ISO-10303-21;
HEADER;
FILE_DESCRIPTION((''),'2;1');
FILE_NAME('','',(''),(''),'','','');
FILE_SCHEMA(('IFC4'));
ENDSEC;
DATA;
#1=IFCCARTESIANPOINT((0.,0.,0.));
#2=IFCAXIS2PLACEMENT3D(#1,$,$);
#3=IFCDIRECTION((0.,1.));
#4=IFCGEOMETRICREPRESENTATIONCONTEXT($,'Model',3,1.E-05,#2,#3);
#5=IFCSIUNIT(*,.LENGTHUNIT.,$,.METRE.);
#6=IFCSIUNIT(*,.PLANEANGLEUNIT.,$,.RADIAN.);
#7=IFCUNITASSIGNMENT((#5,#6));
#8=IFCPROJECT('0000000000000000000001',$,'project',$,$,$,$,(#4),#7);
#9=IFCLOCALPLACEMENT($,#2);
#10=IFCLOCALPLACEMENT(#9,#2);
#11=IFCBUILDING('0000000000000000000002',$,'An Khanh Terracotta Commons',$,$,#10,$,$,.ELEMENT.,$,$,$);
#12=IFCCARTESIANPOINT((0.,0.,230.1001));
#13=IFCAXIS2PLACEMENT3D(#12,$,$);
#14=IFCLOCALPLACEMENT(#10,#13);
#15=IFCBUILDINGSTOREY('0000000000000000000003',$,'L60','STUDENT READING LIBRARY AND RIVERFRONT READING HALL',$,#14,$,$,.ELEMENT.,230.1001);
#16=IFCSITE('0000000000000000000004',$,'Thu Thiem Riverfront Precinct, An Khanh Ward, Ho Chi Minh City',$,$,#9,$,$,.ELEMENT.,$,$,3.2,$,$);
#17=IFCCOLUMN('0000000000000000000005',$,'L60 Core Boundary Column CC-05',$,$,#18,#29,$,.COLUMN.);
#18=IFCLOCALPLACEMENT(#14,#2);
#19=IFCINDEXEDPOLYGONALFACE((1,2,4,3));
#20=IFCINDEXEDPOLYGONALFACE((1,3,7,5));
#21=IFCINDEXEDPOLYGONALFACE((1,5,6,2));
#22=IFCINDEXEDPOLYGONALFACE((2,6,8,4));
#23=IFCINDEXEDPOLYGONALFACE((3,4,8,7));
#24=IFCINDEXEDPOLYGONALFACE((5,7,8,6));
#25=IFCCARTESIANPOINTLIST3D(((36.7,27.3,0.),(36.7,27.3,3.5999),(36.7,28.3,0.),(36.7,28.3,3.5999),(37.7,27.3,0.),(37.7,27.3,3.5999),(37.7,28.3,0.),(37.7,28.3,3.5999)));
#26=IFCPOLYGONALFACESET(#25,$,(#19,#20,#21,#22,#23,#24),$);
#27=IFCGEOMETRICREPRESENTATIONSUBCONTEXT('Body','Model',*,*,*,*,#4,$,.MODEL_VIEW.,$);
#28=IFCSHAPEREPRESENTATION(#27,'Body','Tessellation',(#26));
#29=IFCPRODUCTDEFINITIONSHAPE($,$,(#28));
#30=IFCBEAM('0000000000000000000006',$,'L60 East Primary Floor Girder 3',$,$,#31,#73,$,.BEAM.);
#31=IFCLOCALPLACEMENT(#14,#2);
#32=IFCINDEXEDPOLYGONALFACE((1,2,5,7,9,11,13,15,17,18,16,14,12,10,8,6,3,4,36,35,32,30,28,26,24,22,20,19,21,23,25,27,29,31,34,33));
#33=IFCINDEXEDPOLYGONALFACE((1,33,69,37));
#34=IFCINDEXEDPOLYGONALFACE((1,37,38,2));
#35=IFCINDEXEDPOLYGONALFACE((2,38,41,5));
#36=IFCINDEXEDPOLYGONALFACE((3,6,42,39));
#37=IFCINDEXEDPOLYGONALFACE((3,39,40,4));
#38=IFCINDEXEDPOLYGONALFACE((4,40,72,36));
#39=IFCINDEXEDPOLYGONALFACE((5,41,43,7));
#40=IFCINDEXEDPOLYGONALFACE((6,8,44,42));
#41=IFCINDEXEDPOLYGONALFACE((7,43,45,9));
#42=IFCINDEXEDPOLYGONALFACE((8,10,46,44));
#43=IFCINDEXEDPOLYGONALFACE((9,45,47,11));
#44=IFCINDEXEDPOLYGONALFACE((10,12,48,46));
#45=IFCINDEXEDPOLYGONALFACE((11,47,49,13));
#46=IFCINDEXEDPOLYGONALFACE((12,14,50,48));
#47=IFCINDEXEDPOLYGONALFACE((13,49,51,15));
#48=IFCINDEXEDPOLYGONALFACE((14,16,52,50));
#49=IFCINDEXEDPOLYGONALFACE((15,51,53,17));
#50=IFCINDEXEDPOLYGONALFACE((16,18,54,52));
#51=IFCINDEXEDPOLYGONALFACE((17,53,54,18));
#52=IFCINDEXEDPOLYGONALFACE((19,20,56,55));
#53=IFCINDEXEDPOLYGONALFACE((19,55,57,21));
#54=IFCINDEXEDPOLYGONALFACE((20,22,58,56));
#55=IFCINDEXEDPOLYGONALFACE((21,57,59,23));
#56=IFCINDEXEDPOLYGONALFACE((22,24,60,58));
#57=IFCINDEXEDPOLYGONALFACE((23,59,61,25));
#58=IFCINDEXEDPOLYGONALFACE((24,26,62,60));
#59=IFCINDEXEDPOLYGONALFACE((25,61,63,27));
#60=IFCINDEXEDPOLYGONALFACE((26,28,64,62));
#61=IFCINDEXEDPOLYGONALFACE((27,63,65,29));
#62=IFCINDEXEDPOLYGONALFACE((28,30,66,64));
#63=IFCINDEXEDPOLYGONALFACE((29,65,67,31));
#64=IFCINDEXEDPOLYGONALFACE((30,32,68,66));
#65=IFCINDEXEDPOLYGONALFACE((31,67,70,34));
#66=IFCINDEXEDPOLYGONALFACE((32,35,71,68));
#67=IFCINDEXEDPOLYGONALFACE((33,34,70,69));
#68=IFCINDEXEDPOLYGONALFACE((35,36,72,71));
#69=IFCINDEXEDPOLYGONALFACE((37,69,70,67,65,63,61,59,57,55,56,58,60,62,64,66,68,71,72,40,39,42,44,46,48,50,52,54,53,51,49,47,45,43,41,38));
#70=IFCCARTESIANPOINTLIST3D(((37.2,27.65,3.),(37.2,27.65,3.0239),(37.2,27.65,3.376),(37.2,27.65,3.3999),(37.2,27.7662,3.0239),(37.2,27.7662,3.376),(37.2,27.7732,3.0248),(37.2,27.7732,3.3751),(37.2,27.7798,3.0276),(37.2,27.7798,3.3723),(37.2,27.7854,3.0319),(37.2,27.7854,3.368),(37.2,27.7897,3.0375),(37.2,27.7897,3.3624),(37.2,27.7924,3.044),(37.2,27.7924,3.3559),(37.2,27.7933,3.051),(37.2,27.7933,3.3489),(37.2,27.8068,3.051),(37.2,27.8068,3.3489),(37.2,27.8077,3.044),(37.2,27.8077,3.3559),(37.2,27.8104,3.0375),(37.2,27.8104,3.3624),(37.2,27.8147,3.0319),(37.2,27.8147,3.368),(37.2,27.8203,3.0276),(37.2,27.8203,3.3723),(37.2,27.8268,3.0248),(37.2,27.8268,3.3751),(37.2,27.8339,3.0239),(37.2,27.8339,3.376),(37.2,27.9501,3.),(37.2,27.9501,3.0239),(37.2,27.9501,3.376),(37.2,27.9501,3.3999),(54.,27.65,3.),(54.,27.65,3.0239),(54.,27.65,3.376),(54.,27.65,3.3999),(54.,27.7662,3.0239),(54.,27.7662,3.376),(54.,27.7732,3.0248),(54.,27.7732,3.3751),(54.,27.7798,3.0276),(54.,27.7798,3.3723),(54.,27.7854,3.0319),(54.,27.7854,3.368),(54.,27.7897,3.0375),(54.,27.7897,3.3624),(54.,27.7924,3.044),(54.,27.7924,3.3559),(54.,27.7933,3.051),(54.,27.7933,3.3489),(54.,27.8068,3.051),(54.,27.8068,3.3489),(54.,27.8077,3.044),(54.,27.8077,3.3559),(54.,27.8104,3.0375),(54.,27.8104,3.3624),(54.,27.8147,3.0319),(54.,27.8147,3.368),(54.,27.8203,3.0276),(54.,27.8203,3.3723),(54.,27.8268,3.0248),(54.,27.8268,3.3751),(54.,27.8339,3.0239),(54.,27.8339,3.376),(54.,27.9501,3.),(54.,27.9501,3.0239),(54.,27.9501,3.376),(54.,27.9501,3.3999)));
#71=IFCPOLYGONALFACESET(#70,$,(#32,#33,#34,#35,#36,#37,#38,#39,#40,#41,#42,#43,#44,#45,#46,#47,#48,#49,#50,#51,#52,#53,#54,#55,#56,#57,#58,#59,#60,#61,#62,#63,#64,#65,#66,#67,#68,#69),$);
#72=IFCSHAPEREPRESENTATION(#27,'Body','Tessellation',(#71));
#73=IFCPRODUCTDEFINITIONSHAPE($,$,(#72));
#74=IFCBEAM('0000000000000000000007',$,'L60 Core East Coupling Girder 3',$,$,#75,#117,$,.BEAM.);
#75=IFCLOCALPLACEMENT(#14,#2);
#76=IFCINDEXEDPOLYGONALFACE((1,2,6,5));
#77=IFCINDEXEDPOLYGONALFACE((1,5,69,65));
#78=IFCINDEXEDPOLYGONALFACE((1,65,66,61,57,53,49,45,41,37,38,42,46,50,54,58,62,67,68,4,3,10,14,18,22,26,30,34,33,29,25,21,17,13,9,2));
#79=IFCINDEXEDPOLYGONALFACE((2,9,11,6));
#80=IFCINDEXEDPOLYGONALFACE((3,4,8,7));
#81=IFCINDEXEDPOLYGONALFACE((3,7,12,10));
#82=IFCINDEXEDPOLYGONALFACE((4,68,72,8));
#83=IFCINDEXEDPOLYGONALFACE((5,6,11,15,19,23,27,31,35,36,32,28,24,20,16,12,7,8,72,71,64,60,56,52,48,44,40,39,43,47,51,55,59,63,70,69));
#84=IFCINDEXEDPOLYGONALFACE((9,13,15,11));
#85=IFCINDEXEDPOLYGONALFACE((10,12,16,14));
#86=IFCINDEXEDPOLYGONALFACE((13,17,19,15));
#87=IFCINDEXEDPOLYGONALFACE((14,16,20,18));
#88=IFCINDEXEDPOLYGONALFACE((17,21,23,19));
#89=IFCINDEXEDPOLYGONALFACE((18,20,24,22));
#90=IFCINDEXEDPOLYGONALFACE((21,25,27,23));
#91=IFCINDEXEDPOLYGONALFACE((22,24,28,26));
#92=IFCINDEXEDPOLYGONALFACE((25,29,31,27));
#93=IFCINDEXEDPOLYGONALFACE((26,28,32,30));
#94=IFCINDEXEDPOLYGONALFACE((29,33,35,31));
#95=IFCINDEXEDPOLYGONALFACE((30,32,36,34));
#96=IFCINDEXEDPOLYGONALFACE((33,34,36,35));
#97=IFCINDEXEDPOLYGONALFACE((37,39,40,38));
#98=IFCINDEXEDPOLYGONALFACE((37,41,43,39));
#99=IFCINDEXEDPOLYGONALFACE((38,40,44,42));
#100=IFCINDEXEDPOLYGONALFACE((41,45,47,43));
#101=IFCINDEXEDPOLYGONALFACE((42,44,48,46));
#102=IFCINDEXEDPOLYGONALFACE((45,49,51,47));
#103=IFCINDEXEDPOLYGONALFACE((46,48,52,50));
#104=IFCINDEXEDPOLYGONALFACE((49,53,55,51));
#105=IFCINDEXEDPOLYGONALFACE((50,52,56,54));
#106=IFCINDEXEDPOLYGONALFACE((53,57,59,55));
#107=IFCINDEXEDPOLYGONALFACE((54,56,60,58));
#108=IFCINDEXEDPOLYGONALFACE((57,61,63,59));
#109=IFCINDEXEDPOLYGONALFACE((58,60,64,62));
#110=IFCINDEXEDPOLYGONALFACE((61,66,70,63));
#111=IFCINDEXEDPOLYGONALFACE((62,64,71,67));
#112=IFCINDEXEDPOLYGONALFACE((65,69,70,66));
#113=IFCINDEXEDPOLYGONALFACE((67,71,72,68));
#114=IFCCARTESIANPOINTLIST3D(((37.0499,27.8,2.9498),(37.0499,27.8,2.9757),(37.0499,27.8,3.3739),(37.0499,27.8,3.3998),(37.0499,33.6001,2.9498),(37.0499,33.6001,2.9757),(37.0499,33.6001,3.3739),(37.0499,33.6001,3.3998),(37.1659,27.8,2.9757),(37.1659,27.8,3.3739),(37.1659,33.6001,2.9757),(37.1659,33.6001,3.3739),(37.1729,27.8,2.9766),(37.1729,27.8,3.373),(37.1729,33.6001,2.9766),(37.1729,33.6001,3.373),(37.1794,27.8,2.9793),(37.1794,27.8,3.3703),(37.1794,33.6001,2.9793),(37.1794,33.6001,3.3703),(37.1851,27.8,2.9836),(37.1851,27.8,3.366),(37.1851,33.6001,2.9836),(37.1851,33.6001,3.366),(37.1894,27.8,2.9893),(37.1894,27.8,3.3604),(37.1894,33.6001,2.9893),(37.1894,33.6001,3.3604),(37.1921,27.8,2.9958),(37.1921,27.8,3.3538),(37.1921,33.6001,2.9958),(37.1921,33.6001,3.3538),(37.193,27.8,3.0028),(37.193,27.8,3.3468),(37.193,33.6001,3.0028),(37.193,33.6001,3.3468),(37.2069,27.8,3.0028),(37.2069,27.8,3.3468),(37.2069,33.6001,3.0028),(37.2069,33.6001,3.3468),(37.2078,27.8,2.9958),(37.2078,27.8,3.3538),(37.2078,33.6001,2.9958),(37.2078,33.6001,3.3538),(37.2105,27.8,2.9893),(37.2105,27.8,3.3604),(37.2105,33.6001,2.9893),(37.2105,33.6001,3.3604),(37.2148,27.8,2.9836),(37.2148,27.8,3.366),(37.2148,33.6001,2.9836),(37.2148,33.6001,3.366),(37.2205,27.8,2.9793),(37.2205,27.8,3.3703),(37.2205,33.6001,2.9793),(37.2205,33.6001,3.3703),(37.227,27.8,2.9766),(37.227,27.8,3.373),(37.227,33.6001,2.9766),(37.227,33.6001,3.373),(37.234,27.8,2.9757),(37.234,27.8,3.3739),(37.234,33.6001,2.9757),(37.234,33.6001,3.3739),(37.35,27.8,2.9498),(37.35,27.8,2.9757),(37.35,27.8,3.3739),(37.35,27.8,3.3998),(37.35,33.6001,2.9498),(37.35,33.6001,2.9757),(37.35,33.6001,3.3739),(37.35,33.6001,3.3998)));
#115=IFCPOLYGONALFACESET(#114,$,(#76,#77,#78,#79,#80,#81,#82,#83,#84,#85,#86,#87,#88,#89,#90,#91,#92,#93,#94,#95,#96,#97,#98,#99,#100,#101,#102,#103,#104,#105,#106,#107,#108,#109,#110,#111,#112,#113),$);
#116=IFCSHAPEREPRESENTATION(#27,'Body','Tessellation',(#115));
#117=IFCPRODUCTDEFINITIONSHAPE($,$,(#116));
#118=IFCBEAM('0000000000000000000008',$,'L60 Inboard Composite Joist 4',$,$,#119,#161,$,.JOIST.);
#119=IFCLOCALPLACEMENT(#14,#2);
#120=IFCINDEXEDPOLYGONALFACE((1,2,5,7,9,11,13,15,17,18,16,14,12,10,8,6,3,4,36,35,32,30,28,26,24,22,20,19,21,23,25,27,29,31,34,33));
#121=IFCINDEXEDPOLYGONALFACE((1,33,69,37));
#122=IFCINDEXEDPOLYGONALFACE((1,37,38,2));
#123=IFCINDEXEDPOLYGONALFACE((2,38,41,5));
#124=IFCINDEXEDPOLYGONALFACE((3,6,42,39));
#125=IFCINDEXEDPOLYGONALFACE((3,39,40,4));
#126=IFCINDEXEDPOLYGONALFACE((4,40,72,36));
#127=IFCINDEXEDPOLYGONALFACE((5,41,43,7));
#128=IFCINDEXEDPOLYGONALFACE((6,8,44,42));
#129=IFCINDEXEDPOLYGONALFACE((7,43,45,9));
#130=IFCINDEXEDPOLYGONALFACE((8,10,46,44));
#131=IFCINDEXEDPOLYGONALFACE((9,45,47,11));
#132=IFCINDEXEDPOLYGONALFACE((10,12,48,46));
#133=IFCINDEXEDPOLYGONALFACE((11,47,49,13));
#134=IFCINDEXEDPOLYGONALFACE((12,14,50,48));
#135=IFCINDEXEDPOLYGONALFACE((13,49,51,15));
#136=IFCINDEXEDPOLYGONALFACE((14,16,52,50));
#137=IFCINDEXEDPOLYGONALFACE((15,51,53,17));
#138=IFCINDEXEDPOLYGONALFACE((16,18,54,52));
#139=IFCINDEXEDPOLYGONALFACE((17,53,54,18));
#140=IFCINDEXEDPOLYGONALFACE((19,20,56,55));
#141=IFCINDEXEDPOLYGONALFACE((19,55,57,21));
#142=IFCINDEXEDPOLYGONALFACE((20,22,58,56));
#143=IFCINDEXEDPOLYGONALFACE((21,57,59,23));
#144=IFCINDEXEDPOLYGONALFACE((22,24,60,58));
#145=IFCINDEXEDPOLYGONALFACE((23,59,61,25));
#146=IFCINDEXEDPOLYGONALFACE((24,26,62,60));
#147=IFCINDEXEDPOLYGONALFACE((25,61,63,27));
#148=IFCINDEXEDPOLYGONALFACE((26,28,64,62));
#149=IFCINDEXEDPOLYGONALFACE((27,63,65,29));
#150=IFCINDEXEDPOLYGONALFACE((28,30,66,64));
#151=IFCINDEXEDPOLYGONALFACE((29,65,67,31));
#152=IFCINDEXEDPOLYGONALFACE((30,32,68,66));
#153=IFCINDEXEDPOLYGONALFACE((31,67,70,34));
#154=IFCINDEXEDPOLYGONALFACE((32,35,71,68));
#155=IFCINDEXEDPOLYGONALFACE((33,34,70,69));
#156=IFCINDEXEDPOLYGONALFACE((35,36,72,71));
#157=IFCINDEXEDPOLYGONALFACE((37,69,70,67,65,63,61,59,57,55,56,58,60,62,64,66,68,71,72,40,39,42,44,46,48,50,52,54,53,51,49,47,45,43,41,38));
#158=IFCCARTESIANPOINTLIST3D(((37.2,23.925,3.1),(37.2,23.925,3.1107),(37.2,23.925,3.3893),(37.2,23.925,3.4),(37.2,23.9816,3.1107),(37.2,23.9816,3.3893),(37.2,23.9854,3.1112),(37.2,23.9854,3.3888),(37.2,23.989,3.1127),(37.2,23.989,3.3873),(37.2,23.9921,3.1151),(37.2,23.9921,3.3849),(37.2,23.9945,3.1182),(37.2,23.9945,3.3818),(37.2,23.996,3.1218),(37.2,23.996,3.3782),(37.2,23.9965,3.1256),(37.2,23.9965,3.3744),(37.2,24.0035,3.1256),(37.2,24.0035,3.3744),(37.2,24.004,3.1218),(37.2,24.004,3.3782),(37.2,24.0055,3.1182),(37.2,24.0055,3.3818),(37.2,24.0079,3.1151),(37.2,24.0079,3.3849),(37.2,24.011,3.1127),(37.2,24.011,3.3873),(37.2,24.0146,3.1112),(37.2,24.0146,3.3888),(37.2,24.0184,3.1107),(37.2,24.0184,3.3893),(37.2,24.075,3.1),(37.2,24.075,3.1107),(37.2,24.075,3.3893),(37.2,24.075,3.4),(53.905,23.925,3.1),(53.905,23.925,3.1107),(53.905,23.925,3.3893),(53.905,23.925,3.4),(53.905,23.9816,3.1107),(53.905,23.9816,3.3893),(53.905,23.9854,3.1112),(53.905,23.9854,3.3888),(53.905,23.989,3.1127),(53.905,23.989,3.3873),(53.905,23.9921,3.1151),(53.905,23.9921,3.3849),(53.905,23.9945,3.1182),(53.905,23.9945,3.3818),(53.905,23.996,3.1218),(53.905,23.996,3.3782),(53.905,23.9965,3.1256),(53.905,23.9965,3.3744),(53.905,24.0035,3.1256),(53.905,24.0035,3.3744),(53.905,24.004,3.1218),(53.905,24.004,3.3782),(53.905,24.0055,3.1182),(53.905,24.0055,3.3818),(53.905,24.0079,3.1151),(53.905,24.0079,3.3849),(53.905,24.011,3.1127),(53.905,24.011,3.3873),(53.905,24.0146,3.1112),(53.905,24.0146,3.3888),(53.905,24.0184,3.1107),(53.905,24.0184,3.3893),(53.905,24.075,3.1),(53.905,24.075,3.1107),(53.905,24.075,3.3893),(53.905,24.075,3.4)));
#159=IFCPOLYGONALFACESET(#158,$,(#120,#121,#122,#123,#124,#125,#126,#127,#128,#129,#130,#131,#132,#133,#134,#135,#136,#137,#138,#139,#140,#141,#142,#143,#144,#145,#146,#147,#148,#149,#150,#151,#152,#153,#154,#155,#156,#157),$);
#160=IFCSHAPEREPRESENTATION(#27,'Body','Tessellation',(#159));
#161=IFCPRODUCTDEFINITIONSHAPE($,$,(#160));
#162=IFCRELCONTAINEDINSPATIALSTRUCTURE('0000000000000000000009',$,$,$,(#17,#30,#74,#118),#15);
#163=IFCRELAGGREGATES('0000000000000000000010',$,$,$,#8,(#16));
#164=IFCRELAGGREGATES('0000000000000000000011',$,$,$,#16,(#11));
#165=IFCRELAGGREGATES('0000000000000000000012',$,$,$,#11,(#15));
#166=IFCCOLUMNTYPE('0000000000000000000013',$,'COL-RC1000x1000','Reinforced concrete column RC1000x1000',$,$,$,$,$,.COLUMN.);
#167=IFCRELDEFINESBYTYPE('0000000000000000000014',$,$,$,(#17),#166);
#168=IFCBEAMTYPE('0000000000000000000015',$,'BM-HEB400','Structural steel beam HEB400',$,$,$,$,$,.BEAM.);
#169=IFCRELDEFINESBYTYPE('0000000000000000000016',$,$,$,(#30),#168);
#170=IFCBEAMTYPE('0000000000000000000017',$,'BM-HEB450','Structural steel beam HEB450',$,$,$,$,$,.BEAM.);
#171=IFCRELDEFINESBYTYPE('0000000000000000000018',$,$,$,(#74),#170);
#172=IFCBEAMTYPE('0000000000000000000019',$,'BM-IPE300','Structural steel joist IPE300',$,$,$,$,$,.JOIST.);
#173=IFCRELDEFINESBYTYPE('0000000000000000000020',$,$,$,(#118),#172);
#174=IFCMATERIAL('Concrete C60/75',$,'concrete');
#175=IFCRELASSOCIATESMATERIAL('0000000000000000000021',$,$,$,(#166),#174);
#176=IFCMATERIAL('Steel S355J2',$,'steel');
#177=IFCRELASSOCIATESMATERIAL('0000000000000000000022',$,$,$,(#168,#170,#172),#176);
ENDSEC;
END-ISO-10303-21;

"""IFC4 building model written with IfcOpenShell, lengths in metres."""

from ifc_helpers import new_model, si_unit, direction, frame, origin, origin_2d, place, context, subcontext, project, spatial, rectangle, i_section, extrude, material, material_profile, profile_set, type_object, element, save


model = new_model("IFC4")

# Units and contexts
model_context = context("Model", 3, precision=1e-05, world=origin(), true_north=direction((0.0, 1.0)))
body_context = subcontext(model_context, "Body", "Model", "MODEL_VIEW")
ifc_project = project(units=[si_unit("LENGTHUNIT", "METRE"), si_unit("PLANEANGLEUNIT", "RADIAN")], contexts=[model_context])

# Site, building, storey
site_placement = place(None, origin())
site = spatial("IfcSite", under=ifc_project, at=site_placement, Name="Thu Thiem Riverfront Precinct, An Khanh Ward, Ho Chi Minh City", CompositionType="ELEMENT", RefElevation=3.2)
building_placement = place(site_placement, origin())
building = spatial("IfcBuilding", under=site, at=building_placement, Name="An Khanh Terracotta Commons", CompositionType="ELEMENT")
storey_placement = place(building_placement, frame((0.0, 0.0, 230.1001)))
storey = spatial("IfcBuildingStorey", under=building, at=storey_placement, Name="L60", Description="STUDENT READING LIBRARY AND RIVERFRONT READING HALL", CompositionType="ELEMENT", Elevation=230.1001)

# Column
ifc_material_1 = material(Name="Concrete C60/75", Category="concrete")
ifc_material_profile_1 = material_profile(ifc_material_1, rectangle(XDim=1.0, YDim=1.0, at=origin_2d()), Name="RC1000x1000")
ifc_profile_set_1 = profile_set([ifc_material_profile_1], Name="Concrete C60/75")
column_type = type_object("IfcColumnType", Name="COL-RC1000x1000", Description="Reinforced concrete column RC1000x1000", PredefinedType="COLUMN", material=ifc_profile_set_1)
column_placement = place(storey_placement, frame((37.2, 27.8, 0.0), z_axis=(0.0, 0.0, 1.0), x_axis=(1.0, 0.0, 0.0)))
element("IfcColumn", 1, at=column_placement, inside=storey, type_object=column_type, Name="L60 Core Boundary Column CC-05", PredefinedType="COLUMN", context=body_context, shape_type="SweptSolid", body=[
    extrude(rectangle(XDim=1.0, YDim=1.0, at=origin_2d()), origin(), (0.0, 0.0, 1.0), 3.5999),
])

# Beams
ifc_material_2 = material(Name="Steel S355J2", Category="steel")
ifc_material_profile_2 = material_profile(ifc_material_2, i_section(OverallWidth=0.3, OverallDepth=0.3999, WebThickness=0.0134, FlangeThickness=0.0239, FilletRadius=0.0271, at=origin_2d()), Name="HEB400")
ifc_profile_set_2 = profile_set([ifc_material_profile_2], Name="Steel S355J2")
beam_type_1 = type_object("IfcBeamType", Name="BM-HEB400", Description="Structural steel beam HEB400", PredefinedType="BEAM", material=ifc_profile_set_2)
beam_1_placement = place(storey_placement, frame((37.2, 27.8, 3.2), z_axis=(1.0, 0.0, 0.0), x_axis=(0.0, 1.0, 0.0)))
element("IfcBeam", 2, at=beam_1_placement, inside=storey, type_object=beam_type_1, Name="L60 East Primary Floor Girder 3", PredefinedType="BEAM", context=body_context, shape_type="SweptSolid", body=[
    extrude(i_section(OverallWidth=0.3, OverallDepth=0.3999, WebThickness=0.0134, FlangeThickness=0.0239, FilletRadius=0.0271, at=origin_2d()), origin(), (0.0, 0.0, 1.0), 16.8),
])
ifc_material_profile_3 = material_profile(ifc_material_2, i_section(OverallWidth=0.3, OverallDepth=0.45, WebThickness=0.0139, FlangeThickness=0.0259, FilletRadius=0.0271, at=origin_2d()), Name="HEB450")
ifc_profile_set_3 = profile_set([ifc_material_profile_3], Name="Steel S355J2")
beam_type_2 = type_object("IfcBeamType", Name="BM-HEB450", Description="Structural steel beam HEB450", PredefinedType="BEAM", material=ifc_profile_set_3)
beam_2_placement = place(storey_placement, frame((37.2, 27.8, 3.1748), z_axis=(0.0, 1.0, 0.0), x_axis=(-1.0, 0.0, 0.0)))
element("IfcBeam", 3, at=beam_2_placement, inside=storey, type_object=beam_type_2, Name="L60 Core East Coupling Girder 3", PredefinedType="BEAM", context=body_context, shape_type="SweptSolid", body=[
    extrude(i_section(OverallWidth=0.3, OverallDepth=0.45, WebThickness=0.0139, FlangeThickness=0.0259, FilletRadius=0.0271, at=origin_2d()), origin(), (0.0, 0.0, 1.0), 5.8),
])
ifc_material_profile_4 = material_profile(ifc_material_2, i_section(OverallWidth=0.1499, OverallDepth=0.3, WebThickness=0.0071, FlangeThickness=0.0107, FilletRadius=0.0149, at=origin_2d()), Name="IPE300")
ifc_profile_set_4 = profile_set([ifc_material_profile_4], Name="Steel S355J2")
beam_type_3 = type_object("IfcBeamType", Name="BM-IPE300", Description="Structural steel joist IPE300", PredefinedType="JOIST", material=ifc_profile_set_4)
for number, where, z_axis, x_axis, name in (
    (4, (37.2, 24.0, 3.25), (1.0, 0.0, 0.0), (0.0, 1.0, 0.0), "L60 Inboard Composite Joist 4"),
):
    element("IfcBeam", number, at=place(storey_placement, frame(where, z_axis=z_axis, x_axis=x_axis)), inside=storey, type_object=beam_type_3, Name=name, PredefinedType="JOIST", context=body_context, shape_type="SweptSolid", body=[
        extrude(i_section(OverallWidth=0.1499, OverallDepth=0.3, WebThickness=0.0071, FlangeThickness=0.0107, FilletRadius=0.0149, at=origin_2d()), origin(), (0.0, 0.0, 1.0), 16.7051),
    ])

save(model, "model.ifc")
